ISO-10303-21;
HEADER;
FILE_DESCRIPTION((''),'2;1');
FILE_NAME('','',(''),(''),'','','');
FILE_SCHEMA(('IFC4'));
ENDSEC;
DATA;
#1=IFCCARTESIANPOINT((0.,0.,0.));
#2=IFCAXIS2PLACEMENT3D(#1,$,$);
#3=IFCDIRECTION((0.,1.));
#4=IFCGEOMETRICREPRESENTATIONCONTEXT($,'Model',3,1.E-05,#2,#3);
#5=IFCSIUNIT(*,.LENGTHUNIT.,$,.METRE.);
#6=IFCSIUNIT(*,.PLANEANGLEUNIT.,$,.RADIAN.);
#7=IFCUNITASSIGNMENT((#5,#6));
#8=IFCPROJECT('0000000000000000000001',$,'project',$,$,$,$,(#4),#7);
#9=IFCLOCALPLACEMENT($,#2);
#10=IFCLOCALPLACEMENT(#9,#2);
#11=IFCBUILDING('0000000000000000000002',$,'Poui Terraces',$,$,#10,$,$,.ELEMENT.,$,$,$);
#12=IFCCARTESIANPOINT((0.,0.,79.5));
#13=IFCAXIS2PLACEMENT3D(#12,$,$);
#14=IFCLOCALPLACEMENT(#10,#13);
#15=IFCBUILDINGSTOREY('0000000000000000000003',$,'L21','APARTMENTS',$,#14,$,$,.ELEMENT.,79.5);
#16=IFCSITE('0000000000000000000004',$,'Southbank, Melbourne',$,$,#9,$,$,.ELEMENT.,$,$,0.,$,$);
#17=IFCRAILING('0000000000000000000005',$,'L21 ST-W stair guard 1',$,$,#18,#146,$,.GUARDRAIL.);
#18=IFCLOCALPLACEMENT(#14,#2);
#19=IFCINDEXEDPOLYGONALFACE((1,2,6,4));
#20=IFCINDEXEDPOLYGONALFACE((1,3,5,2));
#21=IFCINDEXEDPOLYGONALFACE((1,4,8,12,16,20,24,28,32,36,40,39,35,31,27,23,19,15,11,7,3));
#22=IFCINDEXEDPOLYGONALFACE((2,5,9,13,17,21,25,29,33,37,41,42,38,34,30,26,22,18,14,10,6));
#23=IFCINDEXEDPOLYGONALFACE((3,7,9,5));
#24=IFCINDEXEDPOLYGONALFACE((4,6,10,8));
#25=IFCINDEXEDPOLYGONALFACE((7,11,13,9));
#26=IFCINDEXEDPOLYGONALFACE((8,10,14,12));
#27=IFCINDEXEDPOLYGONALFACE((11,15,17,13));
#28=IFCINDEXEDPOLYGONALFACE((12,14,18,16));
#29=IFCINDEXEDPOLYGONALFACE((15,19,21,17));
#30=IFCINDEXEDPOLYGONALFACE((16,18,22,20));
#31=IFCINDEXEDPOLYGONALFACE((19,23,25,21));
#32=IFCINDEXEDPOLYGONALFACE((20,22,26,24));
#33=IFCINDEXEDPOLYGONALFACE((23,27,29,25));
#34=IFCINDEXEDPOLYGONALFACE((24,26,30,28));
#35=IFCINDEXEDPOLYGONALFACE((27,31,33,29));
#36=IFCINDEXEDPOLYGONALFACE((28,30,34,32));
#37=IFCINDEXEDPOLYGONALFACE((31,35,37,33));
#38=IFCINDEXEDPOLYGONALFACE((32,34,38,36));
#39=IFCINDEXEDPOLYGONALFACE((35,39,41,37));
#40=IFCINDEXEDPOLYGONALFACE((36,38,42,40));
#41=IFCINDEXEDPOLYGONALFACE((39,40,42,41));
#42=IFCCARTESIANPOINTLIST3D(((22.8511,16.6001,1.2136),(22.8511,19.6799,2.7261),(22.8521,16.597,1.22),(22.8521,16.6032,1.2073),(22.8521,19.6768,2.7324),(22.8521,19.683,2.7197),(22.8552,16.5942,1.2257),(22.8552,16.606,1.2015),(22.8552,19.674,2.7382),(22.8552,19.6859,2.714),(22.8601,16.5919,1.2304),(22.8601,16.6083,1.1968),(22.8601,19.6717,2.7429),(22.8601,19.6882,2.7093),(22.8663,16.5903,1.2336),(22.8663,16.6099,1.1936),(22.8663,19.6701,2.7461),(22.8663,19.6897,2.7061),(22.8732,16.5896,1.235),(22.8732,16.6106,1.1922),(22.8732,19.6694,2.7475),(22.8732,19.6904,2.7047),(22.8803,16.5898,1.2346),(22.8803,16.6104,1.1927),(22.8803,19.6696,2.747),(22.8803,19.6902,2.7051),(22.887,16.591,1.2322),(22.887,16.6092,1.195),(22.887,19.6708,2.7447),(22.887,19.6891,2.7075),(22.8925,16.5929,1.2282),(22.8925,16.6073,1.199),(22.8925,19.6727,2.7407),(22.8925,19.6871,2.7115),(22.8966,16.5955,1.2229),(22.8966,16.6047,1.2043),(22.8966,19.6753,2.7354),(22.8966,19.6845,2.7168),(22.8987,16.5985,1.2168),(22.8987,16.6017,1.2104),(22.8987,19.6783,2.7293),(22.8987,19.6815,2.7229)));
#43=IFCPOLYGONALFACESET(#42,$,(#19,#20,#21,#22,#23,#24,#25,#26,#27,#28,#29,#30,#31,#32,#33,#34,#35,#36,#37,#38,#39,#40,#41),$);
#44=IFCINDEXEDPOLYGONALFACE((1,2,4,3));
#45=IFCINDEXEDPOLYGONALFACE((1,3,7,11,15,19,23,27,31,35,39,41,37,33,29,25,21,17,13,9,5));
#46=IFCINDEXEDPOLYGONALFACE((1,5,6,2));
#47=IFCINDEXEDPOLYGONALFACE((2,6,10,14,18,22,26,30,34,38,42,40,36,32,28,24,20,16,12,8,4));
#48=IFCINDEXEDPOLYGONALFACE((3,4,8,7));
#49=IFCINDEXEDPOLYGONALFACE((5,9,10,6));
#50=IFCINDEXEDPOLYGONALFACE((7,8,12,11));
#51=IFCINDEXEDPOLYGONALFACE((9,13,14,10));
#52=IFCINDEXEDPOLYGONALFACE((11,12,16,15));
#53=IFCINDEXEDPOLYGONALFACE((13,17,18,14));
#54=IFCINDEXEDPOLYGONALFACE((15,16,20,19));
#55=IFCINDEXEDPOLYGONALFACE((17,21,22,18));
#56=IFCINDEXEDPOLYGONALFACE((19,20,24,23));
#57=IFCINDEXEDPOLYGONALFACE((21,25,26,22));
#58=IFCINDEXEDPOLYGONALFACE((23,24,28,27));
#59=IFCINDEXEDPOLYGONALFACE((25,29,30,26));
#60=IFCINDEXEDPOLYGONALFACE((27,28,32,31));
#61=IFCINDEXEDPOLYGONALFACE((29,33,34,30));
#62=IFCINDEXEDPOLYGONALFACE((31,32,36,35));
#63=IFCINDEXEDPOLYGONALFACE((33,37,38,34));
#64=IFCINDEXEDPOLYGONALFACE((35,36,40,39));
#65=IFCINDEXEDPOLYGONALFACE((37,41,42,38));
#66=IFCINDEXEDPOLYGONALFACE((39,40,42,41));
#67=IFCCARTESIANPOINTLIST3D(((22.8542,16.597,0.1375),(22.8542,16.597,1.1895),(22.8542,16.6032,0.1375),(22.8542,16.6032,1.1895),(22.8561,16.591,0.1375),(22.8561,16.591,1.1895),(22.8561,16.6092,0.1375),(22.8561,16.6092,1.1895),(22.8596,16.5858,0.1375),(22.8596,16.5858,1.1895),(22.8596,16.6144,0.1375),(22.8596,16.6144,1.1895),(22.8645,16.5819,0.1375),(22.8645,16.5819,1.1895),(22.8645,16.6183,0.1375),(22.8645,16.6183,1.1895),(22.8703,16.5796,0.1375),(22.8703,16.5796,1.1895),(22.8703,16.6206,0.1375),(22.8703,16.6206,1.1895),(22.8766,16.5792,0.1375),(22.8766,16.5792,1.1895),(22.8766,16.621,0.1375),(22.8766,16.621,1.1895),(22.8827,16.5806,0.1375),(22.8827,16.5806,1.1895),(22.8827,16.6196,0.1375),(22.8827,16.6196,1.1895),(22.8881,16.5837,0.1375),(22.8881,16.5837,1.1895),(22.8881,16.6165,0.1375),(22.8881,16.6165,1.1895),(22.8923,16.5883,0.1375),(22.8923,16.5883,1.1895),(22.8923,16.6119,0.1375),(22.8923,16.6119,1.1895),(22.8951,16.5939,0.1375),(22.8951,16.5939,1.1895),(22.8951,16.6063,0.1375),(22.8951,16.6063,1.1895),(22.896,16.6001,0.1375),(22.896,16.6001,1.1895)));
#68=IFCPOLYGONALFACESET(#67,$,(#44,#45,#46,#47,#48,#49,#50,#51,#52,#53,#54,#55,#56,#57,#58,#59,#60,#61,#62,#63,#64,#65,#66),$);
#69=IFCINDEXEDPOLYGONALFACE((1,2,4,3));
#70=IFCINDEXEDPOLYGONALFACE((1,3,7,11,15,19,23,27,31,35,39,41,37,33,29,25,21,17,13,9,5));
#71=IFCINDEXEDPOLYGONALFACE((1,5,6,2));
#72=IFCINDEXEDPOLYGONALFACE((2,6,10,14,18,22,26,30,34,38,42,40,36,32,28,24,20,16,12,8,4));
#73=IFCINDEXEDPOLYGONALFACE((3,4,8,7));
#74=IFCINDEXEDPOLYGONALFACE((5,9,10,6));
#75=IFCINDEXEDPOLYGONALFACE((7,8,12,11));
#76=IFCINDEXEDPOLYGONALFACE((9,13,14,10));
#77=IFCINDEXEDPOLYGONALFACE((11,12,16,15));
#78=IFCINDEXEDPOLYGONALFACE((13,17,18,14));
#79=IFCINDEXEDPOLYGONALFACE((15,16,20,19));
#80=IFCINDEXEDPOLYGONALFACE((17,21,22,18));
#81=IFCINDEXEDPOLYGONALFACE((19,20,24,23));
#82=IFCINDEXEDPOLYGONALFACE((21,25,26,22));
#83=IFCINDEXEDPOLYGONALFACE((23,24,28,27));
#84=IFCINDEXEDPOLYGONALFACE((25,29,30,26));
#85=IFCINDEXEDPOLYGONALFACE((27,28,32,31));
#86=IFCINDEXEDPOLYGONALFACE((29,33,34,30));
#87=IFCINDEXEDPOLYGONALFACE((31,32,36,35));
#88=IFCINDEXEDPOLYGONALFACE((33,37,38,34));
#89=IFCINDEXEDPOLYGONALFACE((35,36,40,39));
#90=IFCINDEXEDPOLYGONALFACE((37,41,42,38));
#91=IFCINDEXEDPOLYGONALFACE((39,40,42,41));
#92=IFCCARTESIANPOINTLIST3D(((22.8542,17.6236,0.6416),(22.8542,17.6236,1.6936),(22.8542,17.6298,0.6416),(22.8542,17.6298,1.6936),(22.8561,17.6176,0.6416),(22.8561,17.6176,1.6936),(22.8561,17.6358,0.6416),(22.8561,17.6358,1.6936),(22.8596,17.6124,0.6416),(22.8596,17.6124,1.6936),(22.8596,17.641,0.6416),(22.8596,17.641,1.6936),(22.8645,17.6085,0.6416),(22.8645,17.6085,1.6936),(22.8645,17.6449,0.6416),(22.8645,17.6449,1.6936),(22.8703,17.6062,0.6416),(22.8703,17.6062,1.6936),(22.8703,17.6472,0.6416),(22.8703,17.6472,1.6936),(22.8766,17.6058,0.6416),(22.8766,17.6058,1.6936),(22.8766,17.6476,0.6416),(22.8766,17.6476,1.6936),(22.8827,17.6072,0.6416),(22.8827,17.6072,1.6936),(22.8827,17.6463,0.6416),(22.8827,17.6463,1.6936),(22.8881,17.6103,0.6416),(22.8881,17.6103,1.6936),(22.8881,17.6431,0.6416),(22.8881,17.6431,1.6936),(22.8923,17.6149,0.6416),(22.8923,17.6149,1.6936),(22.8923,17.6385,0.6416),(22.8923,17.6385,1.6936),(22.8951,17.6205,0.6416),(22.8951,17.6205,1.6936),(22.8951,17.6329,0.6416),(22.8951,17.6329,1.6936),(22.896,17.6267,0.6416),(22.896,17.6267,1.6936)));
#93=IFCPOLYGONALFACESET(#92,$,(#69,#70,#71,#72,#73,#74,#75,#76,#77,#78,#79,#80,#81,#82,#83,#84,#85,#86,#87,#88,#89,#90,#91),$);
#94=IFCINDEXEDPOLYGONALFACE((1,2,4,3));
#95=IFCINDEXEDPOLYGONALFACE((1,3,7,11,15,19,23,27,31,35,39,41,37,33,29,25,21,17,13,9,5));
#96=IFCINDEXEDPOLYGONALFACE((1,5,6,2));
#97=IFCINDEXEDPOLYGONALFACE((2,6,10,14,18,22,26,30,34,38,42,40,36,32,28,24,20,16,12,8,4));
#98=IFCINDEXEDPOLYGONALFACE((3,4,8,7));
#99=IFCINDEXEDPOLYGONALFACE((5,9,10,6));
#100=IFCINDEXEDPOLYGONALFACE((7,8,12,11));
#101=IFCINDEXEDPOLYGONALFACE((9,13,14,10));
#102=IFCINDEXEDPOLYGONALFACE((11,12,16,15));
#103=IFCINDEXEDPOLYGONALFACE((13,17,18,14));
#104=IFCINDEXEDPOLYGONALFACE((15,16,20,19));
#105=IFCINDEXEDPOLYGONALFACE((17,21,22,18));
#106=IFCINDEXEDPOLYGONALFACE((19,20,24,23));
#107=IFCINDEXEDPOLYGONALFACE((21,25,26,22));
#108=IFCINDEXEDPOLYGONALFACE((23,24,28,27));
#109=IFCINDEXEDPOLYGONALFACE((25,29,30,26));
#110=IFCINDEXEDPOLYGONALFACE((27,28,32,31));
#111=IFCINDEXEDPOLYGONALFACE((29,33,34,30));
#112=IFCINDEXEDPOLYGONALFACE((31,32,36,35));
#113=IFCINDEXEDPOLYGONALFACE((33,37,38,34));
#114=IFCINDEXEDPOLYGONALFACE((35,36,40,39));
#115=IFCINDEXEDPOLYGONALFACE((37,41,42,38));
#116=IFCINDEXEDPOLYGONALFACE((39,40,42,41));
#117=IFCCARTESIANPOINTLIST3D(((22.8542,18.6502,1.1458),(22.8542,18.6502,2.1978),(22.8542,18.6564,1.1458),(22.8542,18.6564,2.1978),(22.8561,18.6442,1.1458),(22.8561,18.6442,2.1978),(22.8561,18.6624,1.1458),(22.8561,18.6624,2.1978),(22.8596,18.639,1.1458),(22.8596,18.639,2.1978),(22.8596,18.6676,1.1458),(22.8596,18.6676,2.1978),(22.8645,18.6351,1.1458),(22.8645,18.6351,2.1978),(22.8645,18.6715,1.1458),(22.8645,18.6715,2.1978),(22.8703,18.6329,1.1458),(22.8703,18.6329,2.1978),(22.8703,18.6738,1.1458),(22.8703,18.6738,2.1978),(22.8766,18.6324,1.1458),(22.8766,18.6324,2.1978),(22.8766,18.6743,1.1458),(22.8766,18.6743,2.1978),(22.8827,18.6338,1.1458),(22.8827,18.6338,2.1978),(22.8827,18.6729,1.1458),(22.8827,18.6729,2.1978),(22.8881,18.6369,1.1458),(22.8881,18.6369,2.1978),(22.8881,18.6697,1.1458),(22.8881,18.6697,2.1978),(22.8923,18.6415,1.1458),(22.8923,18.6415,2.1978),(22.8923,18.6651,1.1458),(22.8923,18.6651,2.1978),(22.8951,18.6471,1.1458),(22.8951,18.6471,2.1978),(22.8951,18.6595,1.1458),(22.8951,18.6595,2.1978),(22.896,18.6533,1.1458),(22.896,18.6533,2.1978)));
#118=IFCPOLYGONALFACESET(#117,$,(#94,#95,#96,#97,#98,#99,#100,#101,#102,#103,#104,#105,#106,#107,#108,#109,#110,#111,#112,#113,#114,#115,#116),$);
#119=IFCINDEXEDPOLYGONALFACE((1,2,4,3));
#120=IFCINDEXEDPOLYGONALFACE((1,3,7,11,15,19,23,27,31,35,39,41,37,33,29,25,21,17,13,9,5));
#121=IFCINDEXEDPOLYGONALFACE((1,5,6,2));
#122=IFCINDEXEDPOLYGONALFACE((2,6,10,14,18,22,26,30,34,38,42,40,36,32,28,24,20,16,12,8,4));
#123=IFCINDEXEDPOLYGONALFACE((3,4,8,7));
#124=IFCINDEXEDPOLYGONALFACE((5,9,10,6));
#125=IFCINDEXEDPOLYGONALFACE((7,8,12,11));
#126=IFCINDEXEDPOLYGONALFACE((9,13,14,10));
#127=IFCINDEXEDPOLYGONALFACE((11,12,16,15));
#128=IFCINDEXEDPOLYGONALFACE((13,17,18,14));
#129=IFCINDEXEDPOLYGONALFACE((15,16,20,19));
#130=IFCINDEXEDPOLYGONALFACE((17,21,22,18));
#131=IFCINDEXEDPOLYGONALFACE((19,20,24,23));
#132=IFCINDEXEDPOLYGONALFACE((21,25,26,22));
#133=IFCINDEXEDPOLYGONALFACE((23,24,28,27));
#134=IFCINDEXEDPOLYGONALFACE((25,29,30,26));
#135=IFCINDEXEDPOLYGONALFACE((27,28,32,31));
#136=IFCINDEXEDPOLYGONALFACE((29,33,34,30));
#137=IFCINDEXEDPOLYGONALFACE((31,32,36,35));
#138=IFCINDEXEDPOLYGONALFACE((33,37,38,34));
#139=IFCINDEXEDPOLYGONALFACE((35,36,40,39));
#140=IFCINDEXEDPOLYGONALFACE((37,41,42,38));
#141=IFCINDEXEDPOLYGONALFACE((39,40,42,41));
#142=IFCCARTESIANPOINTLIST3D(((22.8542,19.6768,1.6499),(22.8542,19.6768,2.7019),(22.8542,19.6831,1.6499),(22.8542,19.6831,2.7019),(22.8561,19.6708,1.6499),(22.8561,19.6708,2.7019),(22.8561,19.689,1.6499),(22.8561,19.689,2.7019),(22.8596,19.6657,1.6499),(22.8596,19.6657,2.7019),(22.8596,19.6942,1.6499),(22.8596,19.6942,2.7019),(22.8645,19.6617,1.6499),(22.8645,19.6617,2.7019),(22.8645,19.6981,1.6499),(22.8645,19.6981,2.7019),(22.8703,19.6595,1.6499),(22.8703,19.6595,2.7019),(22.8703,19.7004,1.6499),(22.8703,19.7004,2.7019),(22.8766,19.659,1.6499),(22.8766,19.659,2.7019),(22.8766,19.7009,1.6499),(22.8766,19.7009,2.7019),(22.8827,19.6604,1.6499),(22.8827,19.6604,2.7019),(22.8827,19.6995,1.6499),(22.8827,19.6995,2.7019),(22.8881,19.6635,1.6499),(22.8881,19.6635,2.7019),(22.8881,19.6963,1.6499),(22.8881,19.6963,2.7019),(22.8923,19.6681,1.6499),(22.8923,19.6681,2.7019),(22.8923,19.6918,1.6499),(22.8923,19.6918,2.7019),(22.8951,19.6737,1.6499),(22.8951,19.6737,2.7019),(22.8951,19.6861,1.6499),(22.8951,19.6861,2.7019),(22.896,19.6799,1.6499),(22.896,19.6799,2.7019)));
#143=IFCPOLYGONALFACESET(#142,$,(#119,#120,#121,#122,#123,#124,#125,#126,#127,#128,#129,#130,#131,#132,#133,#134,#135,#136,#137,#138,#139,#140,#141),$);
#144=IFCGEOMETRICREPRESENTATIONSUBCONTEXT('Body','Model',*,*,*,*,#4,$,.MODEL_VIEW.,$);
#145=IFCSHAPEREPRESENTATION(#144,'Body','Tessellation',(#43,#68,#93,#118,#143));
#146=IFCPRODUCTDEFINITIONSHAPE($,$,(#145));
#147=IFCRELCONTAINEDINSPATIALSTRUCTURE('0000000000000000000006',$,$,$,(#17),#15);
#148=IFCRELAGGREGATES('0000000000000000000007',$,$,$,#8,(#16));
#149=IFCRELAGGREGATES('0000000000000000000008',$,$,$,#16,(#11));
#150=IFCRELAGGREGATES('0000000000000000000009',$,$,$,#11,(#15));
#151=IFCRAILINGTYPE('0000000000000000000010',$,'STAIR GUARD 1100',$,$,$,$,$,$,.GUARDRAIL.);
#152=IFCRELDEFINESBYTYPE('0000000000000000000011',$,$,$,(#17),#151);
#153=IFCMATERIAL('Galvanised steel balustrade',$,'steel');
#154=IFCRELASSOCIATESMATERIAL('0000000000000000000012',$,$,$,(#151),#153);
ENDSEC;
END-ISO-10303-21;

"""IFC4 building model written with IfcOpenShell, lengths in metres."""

from ifc_helpers import new_model, si_unit, direction, frame, origin, origin_2d, place, context, subcontext, project, spatial, circle, extrude, material, type_object, element, save


model = new_model("IFC4")

# Units and contexts
model_context = context("Model", 3, precision=1e-05, world=origin(), true_north=direction((0.0, 1.0)))
body_context = subcontext(model_context, "Body", "Model", "MODEL_VIEW")
ifc_project = project(units=[si_unit("LENGTHUNIT", "METRE"), si_unit("PLANEANGLEUNIT", "RADIAN")], contexts=[model_context])

# Site, building, storey
site_placement = place(None, origin())
site = spatial("IfcSite", under=ifc_project, at=site_placement, Name="Southbank, Melbourne", CompositionType="ELEMENT", RefElevation=0.0)
building_placement = place(site_placement, origin())
building = spatial("IfcBuilding", under=site, at=building_placement, Name="Poui Terraces", CompositionType="ELEMENT")
storey_placement = place(building_placement, frame((0.0, 0.0, 79.5)))
storey = spatial("IfcBuildingStorey", under=building, at=storey_placement, Name="L21", Description="APARTMENTS", CompositionType="ELEMENT", Elevation=79.5)

# Railing
ifc_material_1 = material(Name="Galvanised steel balustrade", Category="steel")
railing_type_1 = type_object("IfcRailingType", Name="STAIR GUARD 1100", PredefinedType="GUARDRAIL", material=ifc_material_1)
railing_1_placement = place(storey_placement, frame((22.875, 16.6001, 0.1375)))
element("IfcRailing", 1, at=railing_1_placement, inside=storey, type_object=railing_type_1, Name="L21 ST-W stair guard 1", PredefinedType="GUARDRAIL", context=body_context, shape_type="SweptSolid", body=[
    extrude(circle(Radius=0.0239, at=origin_2d()), frame((0.0, 0.0, 1.0762), z_axis=(0.0, 0.897606, 0.440798), x_axis=(-1.0, 0.0, 0.0)), (0.0, 0.0, 1.0), 3.4312),
    extrude(circle(Radius=0.021, at=origin_2d()), origin(), (0.0, 0.0, 1.0), 1.052),
    extrude(circle(Radius=0.021, at=origin_2d()), frame((0.0, 1.0266, 0.5042)), (0.0, 0.0, 1.0), 1.052),
    extrude(circle(Radius=0.021, at=origin_2d()), frame((0.0, 2.0532, 1.0083)), (0.0, 0.0, 1.0), 1.052),
    extrude(circle(Radius=0.021, at=origin_2d()), frame((0.0, 3.0798, 1.5125)), (0.0, 0.0, 1.0), 1.052),
])

save(model, "model.ifc")
